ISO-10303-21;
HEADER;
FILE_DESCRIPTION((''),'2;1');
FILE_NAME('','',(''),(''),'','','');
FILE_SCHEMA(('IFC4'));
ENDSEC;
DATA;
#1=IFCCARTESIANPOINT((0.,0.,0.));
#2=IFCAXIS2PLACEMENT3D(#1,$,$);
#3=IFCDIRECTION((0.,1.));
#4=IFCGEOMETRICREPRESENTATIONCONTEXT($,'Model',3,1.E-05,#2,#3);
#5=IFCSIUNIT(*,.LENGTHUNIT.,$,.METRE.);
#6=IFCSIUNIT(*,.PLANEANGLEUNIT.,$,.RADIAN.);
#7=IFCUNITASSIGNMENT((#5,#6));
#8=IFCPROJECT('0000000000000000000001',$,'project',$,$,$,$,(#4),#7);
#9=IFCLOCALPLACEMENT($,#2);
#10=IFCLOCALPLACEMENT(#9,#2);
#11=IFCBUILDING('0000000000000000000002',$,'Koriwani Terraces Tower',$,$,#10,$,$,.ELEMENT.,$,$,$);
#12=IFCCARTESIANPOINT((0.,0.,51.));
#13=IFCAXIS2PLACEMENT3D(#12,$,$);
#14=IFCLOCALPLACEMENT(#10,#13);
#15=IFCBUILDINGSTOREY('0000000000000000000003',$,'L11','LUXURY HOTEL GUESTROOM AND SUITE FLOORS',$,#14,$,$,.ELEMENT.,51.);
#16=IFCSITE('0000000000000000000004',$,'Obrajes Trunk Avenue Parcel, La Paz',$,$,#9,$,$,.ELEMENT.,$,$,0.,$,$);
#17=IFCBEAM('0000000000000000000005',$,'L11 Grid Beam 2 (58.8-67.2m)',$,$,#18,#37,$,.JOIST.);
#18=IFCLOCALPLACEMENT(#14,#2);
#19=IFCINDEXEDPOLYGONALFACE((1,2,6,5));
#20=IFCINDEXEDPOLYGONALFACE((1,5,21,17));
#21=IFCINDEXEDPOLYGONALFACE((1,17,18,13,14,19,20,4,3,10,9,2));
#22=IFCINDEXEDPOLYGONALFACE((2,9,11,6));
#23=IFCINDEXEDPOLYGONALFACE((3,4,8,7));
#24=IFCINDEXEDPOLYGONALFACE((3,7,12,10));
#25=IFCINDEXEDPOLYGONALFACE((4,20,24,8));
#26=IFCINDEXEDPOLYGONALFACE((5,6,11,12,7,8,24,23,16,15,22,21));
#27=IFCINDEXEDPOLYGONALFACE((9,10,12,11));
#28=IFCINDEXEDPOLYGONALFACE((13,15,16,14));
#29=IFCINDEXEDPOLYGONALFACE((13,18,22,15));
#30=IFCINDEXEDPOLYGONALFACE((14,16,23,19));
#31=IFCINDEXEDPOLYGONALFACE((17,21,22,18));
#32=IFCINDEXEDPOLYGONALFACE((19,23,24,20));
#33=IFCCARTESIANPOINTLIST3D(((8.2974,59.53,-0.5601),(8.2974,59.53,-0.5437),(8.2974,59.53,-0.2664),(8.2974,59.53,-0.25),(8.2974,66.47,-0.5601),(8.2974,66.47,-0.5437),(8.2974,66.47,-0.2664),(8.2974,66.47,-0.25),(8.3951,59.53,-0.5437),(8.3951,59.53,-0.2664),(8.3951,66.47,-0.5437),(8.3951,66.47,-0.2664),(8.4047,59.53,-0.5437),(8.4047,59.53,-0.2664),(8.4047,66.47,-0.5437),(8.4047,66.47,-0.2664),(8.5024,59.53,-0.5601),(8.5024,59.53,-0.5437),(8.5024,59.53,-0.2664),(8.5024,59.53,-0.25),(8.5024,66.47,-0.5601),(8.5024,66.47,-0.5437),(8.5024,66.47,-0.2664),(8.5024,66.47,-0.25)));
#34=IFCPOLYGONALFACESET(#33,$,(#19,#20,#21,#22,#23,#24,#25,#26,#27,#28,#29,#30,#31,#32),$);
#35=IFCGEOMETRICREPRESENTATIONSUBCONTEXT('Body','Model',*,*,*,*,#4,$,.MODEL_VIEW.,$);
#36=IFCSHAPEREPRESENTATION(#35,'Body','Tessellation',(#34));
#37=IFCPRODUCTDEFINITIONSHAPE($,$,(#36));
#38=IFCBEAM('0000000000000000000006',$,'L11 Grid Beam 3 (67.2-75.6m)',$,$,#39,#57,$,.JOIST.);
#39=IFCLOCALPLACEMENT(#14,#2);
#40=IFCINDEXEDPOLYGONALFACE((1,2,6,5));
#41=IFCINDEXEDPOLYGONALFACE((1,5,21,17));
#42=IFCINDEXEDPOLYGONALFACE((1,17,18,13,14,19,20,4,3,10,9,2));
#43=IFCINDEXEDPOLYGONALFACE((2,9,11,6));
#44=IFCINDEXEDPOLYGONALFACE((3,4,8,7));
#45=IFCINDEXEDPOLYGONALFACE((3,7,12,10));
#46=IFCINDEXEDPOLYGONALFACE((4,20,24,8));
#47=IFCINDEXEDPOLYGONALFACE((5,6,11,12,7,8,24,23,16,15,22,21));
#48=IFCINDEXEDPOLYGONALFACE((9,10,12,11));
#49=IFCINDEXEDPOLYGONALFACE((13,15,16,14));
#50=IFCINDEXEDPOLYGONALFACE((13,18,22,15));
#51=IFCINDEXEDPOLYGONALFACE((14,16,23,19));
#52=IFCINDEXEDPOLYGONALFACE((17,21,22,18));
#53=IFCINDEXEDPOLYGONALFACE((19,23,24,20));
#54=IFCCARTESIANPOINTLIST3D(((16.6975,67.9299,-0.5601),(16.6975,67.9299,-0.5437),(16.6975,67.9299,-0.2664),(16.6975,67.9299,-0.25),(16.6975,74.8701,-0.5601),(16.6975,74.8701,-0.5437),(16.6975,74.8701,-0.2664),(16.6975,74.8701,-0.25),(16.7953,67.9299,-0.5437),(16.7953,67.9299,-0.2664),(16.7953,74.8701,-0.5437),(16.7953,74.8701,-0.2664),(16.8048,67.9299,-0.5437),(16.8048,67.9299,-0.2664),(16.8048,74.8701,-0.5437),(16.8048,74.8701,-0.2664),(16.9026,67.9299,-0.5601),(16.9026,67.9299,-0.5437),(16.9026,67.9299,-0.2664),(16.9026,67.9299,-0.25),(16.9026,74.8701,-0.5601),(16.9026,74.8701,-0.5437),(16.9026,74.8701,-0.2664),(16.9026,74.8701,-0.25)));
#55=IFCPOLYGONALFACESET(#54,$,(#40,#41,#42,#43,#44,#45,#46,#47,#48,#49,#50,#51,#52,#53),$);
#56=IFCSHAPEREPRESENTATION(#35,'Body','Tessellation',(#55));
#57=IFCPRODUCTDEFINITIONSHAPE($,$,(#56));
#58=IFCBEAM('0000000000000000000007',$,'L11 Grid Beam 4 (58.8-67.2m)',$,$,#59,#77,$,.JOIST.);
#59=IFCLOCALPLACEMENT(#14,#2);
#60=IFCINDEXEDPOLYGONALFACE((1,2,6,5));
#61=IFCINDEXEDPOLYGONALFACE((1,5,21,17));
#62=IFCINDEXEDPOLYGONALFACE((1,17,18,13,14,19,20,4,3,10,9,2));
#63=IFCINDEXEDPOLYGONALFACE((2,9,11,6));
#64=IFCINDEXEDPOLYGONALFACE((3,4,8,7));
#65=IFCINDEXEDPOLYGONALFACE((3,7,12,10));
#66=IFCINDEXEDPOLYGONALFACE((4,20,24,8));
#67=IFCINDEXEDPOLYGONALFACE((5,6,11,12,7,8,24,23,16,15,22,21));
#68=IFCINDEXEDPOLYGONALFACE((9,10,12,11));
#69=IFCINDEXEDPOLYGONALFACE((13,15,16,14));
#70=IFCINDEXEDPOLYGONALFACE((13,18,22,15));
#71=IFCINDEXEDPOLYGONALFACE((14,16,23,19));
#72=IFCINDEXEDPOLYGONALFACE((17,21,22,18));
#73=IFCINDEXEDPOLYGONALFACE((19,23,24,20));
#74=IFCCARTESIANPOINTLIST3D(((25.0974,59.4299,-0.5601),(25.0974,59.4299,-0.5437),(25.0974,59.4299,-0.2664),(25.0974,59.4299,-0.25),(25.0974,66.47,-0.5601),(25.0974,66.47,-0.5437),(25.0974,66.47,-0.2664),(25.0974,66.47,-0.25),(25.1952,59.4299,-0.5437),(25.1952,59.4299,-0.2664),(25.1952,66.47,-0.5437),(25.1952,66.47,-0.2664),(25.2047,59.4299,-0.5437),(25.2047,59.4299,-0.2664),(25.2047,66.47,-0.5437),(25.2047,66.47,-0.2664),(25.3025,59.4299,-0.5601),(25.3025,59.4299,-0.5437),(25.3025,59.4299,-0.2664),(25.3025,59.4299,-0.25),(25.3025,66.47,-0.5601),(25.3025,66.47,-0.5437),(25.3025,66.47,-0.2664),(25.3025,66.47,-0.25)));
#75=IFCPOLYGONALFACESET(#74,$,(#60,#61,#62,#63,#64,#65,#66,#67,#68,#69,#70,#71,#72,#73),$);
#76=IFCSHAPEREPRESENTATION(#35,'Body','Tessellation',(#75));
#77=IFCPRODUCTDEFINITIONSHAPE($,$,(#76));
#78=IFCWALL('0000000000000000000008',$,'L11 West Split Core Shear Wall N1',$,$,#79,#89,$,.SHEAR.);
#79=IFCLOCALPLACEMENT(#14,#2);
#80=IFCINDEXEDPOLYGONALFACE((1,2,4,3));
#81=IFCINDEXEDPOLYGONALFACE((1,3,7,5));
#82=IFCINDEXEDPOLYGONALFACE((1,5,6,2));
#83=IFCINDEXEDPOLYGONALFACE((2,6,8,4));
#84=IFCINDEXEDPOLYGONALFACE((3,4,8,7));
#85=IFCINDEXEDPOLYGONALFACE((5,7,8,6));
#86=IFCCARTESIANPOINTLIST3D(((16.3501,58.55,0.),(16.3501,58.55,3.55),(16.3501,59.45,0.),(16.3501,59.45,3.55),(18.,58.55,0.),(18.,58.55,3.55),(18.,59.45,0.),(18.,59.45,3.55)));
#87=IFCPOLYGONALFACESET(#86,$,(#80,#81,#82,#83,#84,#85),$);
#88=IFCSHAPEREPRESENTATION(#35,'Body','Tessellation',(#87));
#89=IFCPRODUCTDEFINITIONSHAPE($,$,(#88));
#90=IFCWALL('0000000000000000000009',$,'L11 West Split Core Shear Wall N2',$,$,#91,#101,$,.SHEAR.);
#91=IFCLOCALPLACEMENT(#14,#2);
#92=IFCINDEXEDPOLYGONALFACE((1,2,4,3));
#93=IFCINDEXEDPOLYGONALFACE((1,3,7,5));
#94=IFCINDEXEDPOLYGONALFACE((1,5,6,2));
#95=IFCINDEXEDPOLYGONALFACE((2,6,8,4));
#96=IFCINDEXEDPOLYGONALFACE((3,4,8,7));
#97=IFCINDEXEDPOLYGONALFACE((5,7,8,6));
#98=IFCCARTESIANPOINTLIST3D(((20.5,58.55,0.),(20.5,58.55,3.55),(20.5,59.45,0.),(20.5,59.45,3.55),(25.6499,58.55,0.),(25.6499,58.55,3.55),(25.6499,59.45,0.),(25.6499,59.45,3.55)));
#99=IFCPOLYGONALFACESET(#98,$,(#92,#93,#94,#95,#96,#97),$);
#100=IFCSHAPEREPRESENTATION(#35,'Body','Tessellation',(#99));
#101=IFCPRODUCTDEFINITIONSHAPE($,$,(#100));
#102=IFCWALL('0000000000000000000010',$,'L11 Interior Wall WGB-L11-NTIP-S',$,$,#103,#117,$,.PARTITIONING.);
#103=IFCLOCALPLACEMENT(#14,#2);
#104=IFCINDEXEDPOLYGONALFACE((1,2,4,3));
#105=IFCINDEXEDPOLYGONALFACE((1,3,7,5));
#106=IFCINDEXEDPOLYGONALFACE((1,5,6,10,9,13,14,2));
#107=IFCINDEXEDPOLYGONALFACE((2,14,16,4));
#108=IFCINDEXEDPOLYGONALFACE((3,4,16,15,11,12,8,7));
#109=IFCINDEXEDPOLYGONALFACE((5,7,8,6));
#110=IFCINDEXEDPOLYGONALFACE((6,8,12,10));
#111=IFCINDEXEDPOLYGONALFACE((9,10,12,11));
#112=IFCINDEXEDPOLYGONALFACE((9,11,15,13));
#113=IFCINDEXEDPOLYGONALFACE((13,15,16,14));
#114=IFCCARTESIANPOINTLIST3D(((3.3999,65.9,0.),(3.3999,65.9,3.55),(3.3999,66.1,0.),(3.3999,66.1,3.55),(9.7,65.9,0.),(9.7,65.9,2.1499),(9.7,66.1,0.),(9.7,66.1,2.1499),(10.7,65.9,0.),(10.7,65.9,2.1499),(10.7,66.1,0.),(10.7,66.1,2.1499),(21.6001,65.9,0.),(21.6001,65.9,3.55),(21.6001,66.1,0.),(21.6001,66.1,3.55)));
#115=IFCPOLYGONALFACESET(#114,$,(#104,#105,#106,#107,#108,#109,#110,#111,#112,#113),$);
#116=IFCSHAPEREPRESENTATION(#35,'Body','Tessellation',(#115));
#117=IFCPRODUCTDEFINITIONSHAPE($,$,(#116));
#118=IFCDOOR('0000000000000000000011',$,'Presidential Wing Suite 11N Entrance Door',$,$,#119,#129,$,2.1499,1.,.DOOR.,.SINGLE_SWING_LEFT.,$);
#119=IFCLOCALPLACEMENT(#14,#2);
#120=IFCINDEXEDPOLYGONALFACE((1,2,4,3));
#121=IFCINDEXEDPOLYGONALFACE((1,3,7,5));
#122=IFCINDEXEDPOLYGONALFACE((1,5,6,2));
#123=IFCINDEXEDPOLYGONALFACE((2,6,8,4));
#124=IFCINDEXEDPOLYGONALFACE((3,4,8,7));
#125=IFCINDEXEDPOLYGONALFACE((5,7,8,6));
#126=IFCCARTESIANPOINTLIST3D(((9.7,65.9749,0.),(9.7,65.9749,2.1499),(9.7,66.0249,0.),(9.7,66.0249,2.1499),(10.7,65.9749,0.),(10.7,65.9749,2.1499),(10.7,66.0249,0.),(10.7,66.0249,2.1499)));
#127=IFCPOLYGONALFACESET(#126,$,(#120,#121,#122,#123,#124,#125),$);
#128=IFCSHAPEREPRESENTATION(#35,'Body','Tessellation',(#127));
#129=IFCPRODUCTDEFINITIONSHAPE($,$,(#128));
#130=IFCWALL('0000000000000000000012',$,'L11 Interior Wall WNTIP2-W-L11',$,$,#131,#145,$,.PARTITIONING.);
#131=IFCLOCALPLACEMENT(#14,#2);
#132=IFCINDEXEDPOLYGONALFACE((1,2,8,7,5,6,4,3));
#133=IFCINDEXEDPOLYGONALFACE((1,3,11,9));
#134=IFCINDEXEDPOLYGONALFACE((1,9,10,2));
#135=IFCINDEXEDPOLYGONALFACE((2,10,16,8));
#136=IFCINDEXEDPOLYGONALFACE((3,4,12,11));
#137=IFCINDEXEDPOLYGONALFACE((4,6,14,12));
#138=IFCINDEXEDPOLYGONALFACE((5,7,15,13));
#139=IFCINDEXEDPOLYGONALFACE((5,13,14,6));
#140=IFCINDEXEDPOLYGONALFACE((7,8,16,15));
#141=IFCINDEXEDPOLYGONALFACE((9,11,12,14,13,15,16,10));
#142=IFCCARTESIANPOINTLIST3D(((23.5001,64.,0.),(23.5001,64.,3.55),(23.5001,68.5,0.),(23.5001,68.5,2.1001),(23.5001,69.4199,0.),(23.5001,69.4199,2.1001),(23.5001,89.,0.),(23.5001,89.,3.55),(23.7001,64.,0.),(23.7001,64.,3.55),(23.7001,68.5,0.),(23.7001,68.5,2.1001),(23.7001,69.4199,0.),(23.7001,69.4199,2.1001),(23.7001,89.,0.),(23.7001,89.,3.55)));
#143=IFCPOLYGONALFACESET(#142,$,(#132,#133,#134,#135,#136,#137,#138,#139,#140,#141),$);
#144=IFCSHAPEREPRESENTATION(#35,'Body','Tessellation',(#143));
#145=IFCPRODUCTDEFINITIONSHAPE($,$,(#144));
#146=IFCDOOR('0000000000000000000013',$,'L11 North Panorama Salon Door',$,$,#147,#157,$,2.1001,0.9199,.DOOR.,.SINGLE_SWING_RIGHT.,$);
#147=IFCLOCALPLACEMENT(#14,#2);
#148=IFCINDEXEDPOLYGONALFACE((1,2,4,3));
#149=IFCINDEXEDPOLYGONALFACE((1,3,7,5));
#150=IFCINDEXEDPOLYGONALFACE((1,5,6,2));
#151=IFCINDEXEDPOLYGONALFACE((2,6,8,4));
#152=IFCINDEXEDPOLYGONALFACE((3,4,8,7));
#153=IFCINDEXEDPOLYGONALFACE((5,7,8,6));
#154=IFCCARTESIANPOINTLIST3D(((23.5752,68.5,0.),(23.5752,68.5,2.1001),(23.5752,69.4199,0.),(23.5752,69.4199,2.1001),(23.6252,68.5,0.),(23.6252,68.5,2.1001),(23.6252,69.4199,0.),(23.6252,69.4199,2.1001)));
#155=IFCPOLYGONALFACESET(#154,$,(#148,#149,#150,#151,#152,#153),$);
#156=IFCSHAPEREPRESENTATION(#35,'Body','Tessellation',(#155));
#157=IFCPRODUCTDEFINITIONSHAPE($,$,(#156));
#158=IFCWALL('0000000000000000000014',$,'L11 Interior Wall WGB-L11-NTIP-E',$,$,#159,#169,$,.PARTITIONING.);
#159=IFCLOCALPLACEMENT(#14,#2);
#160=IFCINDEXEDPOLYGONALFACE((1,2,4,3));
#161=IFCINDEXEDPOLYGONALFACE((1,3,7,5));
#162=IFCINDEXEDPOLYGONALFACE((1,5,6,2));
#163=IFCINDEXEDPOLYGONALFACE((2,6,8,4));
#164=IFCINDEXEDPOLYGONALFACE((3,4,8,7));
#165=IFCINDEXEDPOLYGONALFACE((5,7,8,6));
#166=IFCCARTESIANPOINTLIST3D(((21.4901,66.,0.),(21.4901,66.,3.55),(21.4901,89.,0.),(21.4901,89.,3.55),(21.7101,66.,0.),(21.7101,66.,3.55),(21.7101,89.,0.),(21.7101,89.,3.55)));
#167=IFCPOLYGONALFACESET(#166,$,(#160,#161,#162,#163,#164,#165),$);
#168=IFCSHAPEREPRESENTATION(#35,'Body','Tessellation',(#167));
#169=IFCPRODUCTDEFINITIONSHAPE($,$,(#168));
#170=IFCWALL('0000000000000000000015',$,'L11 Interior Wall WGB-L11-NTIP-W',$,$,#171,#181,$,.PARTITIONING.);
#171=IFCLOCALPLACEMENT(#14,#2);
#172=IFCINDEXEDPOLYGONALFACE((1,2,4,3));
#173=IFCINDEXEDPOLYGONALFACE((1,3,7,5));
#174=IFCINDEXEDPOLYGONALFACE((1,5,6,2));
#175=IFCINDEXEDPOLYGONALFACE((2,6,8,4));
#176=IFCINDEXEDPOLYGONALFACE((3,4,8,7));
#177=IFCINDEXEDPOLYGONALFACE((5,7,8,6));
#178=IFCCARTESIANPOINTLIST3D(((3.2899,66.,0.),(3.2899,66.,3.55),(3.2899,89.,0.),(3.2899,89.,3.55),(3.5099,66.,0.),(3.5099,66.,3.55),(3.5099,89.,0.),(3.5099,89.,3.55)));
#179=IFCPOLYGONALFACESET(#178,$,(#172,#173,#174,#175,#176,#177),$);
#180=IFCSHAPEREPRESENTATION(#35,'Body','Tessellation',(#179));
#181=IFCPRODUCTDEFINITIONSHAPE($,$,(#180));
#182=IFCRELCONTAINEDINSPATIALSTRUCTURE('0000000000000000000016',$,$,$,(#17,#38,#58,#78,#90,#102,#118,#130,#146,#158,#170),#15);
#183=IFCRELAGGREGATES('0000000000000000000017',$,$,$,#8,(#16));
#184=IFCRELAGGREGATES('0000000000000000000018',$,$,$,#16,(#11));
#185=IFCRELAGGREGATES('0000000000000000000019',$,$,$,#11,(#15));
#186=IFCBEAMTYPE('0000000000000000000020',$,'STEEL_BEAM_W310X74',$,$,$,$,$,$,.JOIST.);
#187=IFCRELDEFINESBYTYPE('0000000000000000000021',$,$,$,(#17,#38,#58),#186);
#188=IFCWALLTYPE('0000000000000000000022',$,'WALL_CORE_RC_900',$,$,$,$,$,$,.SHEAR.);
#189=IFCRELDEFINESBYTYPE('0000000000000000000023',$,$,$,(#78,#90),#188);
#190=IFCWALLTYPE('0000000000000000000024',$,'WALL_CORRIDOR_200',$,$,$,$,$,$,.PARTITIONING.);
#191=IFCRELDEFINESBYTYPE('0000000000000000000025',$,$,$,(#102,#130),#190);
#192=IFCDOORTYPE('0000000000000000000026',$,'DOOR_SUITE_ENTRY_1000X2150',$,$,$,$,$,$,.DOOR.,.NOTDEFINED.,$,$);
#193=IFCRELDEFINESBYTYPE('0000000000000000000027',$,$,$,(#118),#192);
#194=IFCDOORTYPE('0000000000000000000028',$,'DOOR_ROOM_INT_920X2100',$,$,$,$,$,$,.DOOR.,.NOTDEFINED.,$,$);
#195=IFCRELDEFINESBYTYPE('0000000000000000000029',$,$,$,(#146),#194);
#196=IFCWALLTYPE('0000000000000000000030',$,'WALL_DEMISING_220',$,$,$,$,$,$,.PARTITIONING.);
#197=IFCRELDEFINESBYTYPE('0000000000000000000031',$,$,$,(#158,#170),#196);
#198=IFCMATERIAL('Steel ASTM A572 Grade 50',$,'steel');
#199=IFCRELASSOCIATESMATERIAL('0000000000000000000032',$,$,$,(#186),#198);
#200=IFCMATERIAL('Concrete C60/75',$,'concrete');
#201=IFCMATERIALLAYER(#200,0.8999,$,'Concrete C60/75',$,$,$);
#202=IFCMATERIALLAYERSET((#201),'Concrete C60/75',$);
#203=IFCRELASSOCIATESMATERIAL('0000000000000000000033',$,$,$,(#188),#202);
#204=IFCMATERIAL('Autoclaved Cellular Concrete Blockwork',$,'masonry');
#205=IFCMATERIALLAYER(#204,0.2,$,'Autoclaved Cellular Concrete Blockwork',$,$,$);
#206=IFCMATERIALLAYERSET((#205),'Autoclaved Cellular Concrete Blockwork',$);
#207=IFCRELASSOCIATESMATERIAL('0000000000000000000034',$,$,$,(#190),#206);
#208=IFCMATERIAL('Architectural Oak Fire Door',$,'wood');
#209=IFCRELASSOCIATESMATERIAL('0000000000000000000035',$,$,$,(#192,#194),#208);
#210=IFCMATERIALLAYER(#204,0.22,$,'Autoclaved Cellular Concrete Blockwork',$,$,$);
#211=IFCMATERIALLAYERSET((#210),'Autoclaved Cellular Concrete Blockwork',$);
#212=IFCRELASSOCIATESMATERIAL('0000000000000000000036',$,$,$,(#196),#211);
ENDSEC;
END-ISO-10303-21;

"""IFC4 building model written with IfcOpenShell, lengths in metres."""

from ifc_helpers import new_model, si_unit, direction, frame, frame_2d, origin, origin_2d, place, context, subcontext, project, spatial, rectangle, i_section, extrude, material, layer, layer_set, material_profile, profile_set, type_object, element, fill, save


model = new_model("IFC4")

# Units and contexts
model_context = context("Model", 3, precision=1e-05, world=origin(), true_north=direction((0.0, 1.0)))
body_context = subcontext(model_context, "Body", "Model", "MODEL_VIEW")
ifc_project = project(units=[si_unit("LENGTHUNIT", "METRE"), si_unit("PLANEANGLEUNIT", "RADIAN")], contexts=[model_context])

# Site, building, storey
site_placement = place(None, origin())
site = spatial("IfcSite", under=ifc_project, at=site_placement, Name="Obrajes Trunk Avenue Parcel, La Paz", CompositionType="ELEMENT", RefElevation=0.0)
building_placement = place(site_placement, origin())
building = spatial("IfcBuilding", under=site, at=building_placement, Name="Koriwani Terraces Tower", CompositionType="ELEMENT")
storey_placement = place(building_placement, frame((0.0, 0.0, 51.0)))
storey = spatial("IfcBuildingStorey", under=building, at=storey_placement, Name="L11", Description="LUXURY HOTEL GUESTROOM AND SUITE FLOORS", CompositionType="ELEMENT", Elevation=51.0)

# Shared definitions
ifc_material_1 = material(Name="Concrete C60/75", Category="concrete")

# Beams
ifc_material_2 = material(Name="Steel ASTM A572 Grade 50", Category="steel")
ifc_material_profile_1 = material_profile(ifc_material_2, i_section(OverallWidth=0.2051, OverallDepth=0.3101, WebThickness=0.0095, FlangeThickness=0.0164, at=origin_2d()), Name="Steel ASTM A572 Grade 50", Category="LoadBearing")
ifc_profile_set_1 = profile_set([ifc_material_profile_1], Name="Steel ASTM A572 Grade 50")
beam_type_1 = type_object("IfcBeamType", Name="STEEL_BEAM_W310X74", PredefinedType="JOIST", material=ifc_profile_set_1)
beam_1_placement = place(storey_placement, frame((8.3999, 59.53, -0.405), z_axis=(0.0, 1.0, 0.0), x_axis=(-1.0, 0.0, 0.0)))
element("IfcBeam", 1, at=beam_1_placement, inside=storey, type_object=beam_type_1, Name="L11 Grid Beam 2 (58.8-67.2m)", PredefinedType="JOIST", context=body_context, shape_type="SweptSolid", body=[
    extrude(i_section(OverallWidth=0.2051, OverallDepth=0.3101, WebThickness=0.0095, FlangeThickness=0.0164, at=origin_2d()), origin(), (0.0, 0.0, 1.0), 6.9399),
])
beam_2_placement = place(storey_placement, frame((16.8, 67.9299, -0.405), z_axis=(0.0, 1.0, 0.0), x_axis=(-1.0, 0.0, 0.0)))
element("IfcBeam", 2, at=beam_2_placement, inside=storey, type_object=beam_type_1, Name="L11 Grid Beam 3 (67.2-75.6m)", PredefinedType="JOIST", context=body_context, shape_type="SweptSolid", body=[
    extrude(i_section(OverallWidth=0.2051, OverallDepth=0.3101, WebThickness=0.0095, FlangeThickness=0.0164, at=origin_2d()), origin(), (0.0, 0.0, 1.0), 6.9402),
])
beam_3_placement = place(storey_placement, frame((25.2, 59.4299, -0.405), z_axis=(0.0, 1.0, 0.0), x_axis=(-1.0, 0.0, 0.0)))
element("IfcBeam", 3, at=beam_3_placement, inside=storey, type_object=beam_type_1, Name="L11 Grid Beam 4 (58.8-67.2m)", PredefinedType="JOIST", context=body_context, shape_type="SweptSolid", body=[
    extrude(i_section(OverallWidth=0.2051, OverallDepth=0.3101, WebThickness=0.0095, FlangeThickness=0.0164, at=origin_2d()), origin(), (0.0, 0.0, 1.0), 7.04),
])

# Walls
ifc_layer_1 = layer(ifc_material_1, 0.8999, Name="Concrete C60/75")
ifc_layer_set_1 = layer_set([ifc_layer_1], Name="Concrete C60/75")
wall_type_1 = type_object("IfcWallType", Name="WALL_CORE_RC_900", PredefinedType="SHEAR", material=ifc_layer_set_1)
wall_1_placement = place(storey_placement, frame((16.3501, 59.0, 0.0), z_axis=(0.0, 0.0, 1.0), x_axis=(1.0, 0.0, 0.0)))
element("IfcWall", 4, at=wall_1_placement, inside=storey, type_object=wall_type_1, Name="L11 West Split Core Shear Wall N1", PredefinedType="SHEAR", context=body_context, shape_type="SweptSolid", body=[
    extrude(rectangle(XDim=1.6499, YDim=0.8999, at=frame_2d((0.825, 0.0))), origin(), (0.0, 0.0, 1.0), 3.55),
])
wall_2_placement = place(storey_placement, frame((20.5, 59.0, 0.0), z_axis=(0.0, 0.0, 1.0), x_axis=(1.0, 0.0, 0.0)))
element("IfcWall", 5, at=wall_2_placement, inside=storey, type_object=wall_type_1, Name="L11 West Split Core Shear Wall N2", PredefinedType="SHEAR", context=body_context, shape_type="SweptSolid", body=[
    extrude(rectangle(XDim=5.1499, YDim=0.8999, at=frame_2d((2.575, 0.0))), origin(), (0.0, 0.0, 1.0), 3.55),
])

# Walls, openings, doors
ifc_material_3 = material(Name="Autoclaved Cellular Concrete Blockwork", Category="masonry")
ifc_layer_2 = layer(ifc_material_3, 0.2, Name="Autoclaved Cellular Concrete Blockwork")
ifc_layer_set_2 = layer_set([ifc_layer_2], Name="Autoclaved Cellular Concrete Blockwork")
wall_type_2 = type_object("IfcWallType", Name="WALL_CORRIDOR_200", PredefinedType="PARTITIONING", material=ifc_layer_set_2)
wall_3_placement = place(storey_placement, frame((3.3999, 66.0, 0.0), z_axis=(0.0, 0.0, 1.0), x_axis=(1.0, 0.0, 0.0)))
wall_3 = element("IfcWall", 6, at=wall_3_placement, inside=storey, type_object=wall_type_2, Name="L11 Interior Wall WGB-L11-NTIP-S", PredefinedType="PARTITIONING", context=body_context, shape_type="SweptSolid", body=[
    extrude(rectangle(XDim=18.2002, YDim=0.2, at=frame_2d((9.1001, 0.0))), origin(), (0.0, 0.0, 1.0), 3.55),
])
opening_1_placement = place(wall_3_placement, frame((6.3, 0.0, 0.0)))
opening_1 = element("IfcOpeningElement", 7, at=opening_1_placement, cuts=wall_3, PredefinedType="OPENING", context=body_context, shape_type="SweptSolid", body=[
    extrude(rectangle(XDim=1.0, YDim=2.1499, at=frame_2d((0.5, 1.075))), frame((0.0, 0.1099, 0.0), z_axis=(0.0, -1.0, 0.0), x_axis=(1.0, 0.0, 0.0)), (0.0, 0.0, 1.0), 0.22),
])
ifc_material_4 = material(Name="Architectural Oak Fire Door", Category="wood")
door_type_1 = type_object("IfcDoorType", Name="DOOR_SUITE_ENTRY_1000X2150", OperationType="NOTDEFINED", PredefinedType="DOOR", material=ifc_material_4)
door_1_placement = place(opening_1_placement, origin())
door_1 = element("IfcDoor", 8, at=door_1_placement, inside=storey, type_object=door_type_1, Name="Presidential Wing Suite 11N Entrance Door", OperationType="SINGLE_SWING_LEFT", OverallHeight=2.1499, OverallWidth=1.0, PredefinedType="DOOR", context=body_context, shape_type="SweptSolid", body=[
    extrude(rectangle(XDim=1.0, YDim=2.1499, at=frame_2d((0.5, 1.075))), frame((0.0, 0.0249, 0.0), z_axis=(0.0, -1.0, 0.0), x_axis=(1.0, 0.0, 0.0)), (0.0, 0.0, 1.0), 0.05),
])
fill(opening_1, door_1)
wall_4_placement = place(storey_placement, frame((23.6001, 64.0, 0.0), z_axis=(0.0, 0.0, 1.0), x_axis=(0.0, 1.0, 0.0)))
wall_4 = element("IfcWall", 9, at=wall_4_placement, inside=storey, type_object=wall_type_2, Name="L11 Interior Wall WNTIP2-W-L11", PredefinedType="PARTITIONING", context=body_context, shape_type="SweptSolid", body=[
    extrude(rectangle(XDim=25.0, YDim=0.2, at=frame_2d((12.5, 0.0))), origin(), (0.0, 0.0, 1.0), 3.55),
])
opening_2_placement = place(wall_4_placement, frame((4.5, 0.0, 0.0)))
opening_2 = element("IfcOpeningElement", 10, at=opening_2_placement, cuts=wall_4, PredefinedType="OPENING", context=body_context, shape_type="SweptSolid", body=[
    extrude(rectangle(XDim=0.9199, YDim=2.1001, at=frame_2d((0.46, 1.05))), frame((0.0, 0.1099, 0.0), z_axis=(0.0, -1.0, 0.0), x_axis=(1.0, 0.0, 0.0)), (0.0, 0.0, 1.0), 0.22),
])
door_type_2 = type_object("IfcDoorType", Name="DOOR_ROOM_INT_920X2100", OperationType="NOTDEFINED", PredefinedType="DOOR", material=ifc_material_4)
door_2_placement = place(opening_2_placement, origin())
door_2 = element("IfcDoor", 11, at=door_2_placement, inside=storey, type_object=door_type_2, Name="L11 North Panorama Salon Door", OperationType="SINGLE_SWING_RIGHT", OverallHeight=2.1001, OverallWidth=0.9199, PredefinedType="DOOR", context=body_context, shape_type="SweptSolid", body=[
    extrude(rectangle(XDim=0.9199, YDim=2.1001, at=frame_2d((0.46, 1.05))), frame((0.0, 0.0249, 0.0), z_axis=(0.0, -1.0, 0.0), x_axis=(1.0, 0.0, 0.0)), (0.0, 0.0, 1.0), 0.05),
])
fill(opening_2, door_2)

# Walls
ifc_layer_3 = layer(ifc_material_3, 0.22, Name="Autoclaved Cellular Concrete Blockwork")
ifc_layer_set_3 = layer_set([ifc_layer_3], Name="Autoclaved Cellular Concrete Blockwork")
wall_type_3 = type_object("IfcWallType", Name="WALL_DEMISING_220", PredefinedType="PARTITIONING", material=ifc_layer_set_3)
for number, where, z_axis, x_axis, name in (
    (12, (21.6001, 66.0, 0.0), (0.0, 0.0, 1.0), (0.0, 1.0, 0.0), "L11 Interior Wall WGB-L11-NTIP-E"),
    (13, (3.3999, 66.0, 0.0), (0.0, 0.0, 1.0), (0.0, 1.0, 0.0), "L11 Interior Wall WGB-L11-NTIP-W"),
):
    element("IfcWall", number, at=place(storey_placement, frame(where, z_axis=z_axis, x_axis=x_axis)), inside=storey, type_object=wall_type_3, Name=name, PredefinedType="PARTITIONING", context=body_context, shape_type="SweptSolid", body=[
        extrude(rectangle(XDim=23.0, YDim=0.22, at=frame_2d((11.5, 0.0))), origin(), (0.0, 0.0, 1.0), 3.55),
    ])

save(model, "model.ifc")
